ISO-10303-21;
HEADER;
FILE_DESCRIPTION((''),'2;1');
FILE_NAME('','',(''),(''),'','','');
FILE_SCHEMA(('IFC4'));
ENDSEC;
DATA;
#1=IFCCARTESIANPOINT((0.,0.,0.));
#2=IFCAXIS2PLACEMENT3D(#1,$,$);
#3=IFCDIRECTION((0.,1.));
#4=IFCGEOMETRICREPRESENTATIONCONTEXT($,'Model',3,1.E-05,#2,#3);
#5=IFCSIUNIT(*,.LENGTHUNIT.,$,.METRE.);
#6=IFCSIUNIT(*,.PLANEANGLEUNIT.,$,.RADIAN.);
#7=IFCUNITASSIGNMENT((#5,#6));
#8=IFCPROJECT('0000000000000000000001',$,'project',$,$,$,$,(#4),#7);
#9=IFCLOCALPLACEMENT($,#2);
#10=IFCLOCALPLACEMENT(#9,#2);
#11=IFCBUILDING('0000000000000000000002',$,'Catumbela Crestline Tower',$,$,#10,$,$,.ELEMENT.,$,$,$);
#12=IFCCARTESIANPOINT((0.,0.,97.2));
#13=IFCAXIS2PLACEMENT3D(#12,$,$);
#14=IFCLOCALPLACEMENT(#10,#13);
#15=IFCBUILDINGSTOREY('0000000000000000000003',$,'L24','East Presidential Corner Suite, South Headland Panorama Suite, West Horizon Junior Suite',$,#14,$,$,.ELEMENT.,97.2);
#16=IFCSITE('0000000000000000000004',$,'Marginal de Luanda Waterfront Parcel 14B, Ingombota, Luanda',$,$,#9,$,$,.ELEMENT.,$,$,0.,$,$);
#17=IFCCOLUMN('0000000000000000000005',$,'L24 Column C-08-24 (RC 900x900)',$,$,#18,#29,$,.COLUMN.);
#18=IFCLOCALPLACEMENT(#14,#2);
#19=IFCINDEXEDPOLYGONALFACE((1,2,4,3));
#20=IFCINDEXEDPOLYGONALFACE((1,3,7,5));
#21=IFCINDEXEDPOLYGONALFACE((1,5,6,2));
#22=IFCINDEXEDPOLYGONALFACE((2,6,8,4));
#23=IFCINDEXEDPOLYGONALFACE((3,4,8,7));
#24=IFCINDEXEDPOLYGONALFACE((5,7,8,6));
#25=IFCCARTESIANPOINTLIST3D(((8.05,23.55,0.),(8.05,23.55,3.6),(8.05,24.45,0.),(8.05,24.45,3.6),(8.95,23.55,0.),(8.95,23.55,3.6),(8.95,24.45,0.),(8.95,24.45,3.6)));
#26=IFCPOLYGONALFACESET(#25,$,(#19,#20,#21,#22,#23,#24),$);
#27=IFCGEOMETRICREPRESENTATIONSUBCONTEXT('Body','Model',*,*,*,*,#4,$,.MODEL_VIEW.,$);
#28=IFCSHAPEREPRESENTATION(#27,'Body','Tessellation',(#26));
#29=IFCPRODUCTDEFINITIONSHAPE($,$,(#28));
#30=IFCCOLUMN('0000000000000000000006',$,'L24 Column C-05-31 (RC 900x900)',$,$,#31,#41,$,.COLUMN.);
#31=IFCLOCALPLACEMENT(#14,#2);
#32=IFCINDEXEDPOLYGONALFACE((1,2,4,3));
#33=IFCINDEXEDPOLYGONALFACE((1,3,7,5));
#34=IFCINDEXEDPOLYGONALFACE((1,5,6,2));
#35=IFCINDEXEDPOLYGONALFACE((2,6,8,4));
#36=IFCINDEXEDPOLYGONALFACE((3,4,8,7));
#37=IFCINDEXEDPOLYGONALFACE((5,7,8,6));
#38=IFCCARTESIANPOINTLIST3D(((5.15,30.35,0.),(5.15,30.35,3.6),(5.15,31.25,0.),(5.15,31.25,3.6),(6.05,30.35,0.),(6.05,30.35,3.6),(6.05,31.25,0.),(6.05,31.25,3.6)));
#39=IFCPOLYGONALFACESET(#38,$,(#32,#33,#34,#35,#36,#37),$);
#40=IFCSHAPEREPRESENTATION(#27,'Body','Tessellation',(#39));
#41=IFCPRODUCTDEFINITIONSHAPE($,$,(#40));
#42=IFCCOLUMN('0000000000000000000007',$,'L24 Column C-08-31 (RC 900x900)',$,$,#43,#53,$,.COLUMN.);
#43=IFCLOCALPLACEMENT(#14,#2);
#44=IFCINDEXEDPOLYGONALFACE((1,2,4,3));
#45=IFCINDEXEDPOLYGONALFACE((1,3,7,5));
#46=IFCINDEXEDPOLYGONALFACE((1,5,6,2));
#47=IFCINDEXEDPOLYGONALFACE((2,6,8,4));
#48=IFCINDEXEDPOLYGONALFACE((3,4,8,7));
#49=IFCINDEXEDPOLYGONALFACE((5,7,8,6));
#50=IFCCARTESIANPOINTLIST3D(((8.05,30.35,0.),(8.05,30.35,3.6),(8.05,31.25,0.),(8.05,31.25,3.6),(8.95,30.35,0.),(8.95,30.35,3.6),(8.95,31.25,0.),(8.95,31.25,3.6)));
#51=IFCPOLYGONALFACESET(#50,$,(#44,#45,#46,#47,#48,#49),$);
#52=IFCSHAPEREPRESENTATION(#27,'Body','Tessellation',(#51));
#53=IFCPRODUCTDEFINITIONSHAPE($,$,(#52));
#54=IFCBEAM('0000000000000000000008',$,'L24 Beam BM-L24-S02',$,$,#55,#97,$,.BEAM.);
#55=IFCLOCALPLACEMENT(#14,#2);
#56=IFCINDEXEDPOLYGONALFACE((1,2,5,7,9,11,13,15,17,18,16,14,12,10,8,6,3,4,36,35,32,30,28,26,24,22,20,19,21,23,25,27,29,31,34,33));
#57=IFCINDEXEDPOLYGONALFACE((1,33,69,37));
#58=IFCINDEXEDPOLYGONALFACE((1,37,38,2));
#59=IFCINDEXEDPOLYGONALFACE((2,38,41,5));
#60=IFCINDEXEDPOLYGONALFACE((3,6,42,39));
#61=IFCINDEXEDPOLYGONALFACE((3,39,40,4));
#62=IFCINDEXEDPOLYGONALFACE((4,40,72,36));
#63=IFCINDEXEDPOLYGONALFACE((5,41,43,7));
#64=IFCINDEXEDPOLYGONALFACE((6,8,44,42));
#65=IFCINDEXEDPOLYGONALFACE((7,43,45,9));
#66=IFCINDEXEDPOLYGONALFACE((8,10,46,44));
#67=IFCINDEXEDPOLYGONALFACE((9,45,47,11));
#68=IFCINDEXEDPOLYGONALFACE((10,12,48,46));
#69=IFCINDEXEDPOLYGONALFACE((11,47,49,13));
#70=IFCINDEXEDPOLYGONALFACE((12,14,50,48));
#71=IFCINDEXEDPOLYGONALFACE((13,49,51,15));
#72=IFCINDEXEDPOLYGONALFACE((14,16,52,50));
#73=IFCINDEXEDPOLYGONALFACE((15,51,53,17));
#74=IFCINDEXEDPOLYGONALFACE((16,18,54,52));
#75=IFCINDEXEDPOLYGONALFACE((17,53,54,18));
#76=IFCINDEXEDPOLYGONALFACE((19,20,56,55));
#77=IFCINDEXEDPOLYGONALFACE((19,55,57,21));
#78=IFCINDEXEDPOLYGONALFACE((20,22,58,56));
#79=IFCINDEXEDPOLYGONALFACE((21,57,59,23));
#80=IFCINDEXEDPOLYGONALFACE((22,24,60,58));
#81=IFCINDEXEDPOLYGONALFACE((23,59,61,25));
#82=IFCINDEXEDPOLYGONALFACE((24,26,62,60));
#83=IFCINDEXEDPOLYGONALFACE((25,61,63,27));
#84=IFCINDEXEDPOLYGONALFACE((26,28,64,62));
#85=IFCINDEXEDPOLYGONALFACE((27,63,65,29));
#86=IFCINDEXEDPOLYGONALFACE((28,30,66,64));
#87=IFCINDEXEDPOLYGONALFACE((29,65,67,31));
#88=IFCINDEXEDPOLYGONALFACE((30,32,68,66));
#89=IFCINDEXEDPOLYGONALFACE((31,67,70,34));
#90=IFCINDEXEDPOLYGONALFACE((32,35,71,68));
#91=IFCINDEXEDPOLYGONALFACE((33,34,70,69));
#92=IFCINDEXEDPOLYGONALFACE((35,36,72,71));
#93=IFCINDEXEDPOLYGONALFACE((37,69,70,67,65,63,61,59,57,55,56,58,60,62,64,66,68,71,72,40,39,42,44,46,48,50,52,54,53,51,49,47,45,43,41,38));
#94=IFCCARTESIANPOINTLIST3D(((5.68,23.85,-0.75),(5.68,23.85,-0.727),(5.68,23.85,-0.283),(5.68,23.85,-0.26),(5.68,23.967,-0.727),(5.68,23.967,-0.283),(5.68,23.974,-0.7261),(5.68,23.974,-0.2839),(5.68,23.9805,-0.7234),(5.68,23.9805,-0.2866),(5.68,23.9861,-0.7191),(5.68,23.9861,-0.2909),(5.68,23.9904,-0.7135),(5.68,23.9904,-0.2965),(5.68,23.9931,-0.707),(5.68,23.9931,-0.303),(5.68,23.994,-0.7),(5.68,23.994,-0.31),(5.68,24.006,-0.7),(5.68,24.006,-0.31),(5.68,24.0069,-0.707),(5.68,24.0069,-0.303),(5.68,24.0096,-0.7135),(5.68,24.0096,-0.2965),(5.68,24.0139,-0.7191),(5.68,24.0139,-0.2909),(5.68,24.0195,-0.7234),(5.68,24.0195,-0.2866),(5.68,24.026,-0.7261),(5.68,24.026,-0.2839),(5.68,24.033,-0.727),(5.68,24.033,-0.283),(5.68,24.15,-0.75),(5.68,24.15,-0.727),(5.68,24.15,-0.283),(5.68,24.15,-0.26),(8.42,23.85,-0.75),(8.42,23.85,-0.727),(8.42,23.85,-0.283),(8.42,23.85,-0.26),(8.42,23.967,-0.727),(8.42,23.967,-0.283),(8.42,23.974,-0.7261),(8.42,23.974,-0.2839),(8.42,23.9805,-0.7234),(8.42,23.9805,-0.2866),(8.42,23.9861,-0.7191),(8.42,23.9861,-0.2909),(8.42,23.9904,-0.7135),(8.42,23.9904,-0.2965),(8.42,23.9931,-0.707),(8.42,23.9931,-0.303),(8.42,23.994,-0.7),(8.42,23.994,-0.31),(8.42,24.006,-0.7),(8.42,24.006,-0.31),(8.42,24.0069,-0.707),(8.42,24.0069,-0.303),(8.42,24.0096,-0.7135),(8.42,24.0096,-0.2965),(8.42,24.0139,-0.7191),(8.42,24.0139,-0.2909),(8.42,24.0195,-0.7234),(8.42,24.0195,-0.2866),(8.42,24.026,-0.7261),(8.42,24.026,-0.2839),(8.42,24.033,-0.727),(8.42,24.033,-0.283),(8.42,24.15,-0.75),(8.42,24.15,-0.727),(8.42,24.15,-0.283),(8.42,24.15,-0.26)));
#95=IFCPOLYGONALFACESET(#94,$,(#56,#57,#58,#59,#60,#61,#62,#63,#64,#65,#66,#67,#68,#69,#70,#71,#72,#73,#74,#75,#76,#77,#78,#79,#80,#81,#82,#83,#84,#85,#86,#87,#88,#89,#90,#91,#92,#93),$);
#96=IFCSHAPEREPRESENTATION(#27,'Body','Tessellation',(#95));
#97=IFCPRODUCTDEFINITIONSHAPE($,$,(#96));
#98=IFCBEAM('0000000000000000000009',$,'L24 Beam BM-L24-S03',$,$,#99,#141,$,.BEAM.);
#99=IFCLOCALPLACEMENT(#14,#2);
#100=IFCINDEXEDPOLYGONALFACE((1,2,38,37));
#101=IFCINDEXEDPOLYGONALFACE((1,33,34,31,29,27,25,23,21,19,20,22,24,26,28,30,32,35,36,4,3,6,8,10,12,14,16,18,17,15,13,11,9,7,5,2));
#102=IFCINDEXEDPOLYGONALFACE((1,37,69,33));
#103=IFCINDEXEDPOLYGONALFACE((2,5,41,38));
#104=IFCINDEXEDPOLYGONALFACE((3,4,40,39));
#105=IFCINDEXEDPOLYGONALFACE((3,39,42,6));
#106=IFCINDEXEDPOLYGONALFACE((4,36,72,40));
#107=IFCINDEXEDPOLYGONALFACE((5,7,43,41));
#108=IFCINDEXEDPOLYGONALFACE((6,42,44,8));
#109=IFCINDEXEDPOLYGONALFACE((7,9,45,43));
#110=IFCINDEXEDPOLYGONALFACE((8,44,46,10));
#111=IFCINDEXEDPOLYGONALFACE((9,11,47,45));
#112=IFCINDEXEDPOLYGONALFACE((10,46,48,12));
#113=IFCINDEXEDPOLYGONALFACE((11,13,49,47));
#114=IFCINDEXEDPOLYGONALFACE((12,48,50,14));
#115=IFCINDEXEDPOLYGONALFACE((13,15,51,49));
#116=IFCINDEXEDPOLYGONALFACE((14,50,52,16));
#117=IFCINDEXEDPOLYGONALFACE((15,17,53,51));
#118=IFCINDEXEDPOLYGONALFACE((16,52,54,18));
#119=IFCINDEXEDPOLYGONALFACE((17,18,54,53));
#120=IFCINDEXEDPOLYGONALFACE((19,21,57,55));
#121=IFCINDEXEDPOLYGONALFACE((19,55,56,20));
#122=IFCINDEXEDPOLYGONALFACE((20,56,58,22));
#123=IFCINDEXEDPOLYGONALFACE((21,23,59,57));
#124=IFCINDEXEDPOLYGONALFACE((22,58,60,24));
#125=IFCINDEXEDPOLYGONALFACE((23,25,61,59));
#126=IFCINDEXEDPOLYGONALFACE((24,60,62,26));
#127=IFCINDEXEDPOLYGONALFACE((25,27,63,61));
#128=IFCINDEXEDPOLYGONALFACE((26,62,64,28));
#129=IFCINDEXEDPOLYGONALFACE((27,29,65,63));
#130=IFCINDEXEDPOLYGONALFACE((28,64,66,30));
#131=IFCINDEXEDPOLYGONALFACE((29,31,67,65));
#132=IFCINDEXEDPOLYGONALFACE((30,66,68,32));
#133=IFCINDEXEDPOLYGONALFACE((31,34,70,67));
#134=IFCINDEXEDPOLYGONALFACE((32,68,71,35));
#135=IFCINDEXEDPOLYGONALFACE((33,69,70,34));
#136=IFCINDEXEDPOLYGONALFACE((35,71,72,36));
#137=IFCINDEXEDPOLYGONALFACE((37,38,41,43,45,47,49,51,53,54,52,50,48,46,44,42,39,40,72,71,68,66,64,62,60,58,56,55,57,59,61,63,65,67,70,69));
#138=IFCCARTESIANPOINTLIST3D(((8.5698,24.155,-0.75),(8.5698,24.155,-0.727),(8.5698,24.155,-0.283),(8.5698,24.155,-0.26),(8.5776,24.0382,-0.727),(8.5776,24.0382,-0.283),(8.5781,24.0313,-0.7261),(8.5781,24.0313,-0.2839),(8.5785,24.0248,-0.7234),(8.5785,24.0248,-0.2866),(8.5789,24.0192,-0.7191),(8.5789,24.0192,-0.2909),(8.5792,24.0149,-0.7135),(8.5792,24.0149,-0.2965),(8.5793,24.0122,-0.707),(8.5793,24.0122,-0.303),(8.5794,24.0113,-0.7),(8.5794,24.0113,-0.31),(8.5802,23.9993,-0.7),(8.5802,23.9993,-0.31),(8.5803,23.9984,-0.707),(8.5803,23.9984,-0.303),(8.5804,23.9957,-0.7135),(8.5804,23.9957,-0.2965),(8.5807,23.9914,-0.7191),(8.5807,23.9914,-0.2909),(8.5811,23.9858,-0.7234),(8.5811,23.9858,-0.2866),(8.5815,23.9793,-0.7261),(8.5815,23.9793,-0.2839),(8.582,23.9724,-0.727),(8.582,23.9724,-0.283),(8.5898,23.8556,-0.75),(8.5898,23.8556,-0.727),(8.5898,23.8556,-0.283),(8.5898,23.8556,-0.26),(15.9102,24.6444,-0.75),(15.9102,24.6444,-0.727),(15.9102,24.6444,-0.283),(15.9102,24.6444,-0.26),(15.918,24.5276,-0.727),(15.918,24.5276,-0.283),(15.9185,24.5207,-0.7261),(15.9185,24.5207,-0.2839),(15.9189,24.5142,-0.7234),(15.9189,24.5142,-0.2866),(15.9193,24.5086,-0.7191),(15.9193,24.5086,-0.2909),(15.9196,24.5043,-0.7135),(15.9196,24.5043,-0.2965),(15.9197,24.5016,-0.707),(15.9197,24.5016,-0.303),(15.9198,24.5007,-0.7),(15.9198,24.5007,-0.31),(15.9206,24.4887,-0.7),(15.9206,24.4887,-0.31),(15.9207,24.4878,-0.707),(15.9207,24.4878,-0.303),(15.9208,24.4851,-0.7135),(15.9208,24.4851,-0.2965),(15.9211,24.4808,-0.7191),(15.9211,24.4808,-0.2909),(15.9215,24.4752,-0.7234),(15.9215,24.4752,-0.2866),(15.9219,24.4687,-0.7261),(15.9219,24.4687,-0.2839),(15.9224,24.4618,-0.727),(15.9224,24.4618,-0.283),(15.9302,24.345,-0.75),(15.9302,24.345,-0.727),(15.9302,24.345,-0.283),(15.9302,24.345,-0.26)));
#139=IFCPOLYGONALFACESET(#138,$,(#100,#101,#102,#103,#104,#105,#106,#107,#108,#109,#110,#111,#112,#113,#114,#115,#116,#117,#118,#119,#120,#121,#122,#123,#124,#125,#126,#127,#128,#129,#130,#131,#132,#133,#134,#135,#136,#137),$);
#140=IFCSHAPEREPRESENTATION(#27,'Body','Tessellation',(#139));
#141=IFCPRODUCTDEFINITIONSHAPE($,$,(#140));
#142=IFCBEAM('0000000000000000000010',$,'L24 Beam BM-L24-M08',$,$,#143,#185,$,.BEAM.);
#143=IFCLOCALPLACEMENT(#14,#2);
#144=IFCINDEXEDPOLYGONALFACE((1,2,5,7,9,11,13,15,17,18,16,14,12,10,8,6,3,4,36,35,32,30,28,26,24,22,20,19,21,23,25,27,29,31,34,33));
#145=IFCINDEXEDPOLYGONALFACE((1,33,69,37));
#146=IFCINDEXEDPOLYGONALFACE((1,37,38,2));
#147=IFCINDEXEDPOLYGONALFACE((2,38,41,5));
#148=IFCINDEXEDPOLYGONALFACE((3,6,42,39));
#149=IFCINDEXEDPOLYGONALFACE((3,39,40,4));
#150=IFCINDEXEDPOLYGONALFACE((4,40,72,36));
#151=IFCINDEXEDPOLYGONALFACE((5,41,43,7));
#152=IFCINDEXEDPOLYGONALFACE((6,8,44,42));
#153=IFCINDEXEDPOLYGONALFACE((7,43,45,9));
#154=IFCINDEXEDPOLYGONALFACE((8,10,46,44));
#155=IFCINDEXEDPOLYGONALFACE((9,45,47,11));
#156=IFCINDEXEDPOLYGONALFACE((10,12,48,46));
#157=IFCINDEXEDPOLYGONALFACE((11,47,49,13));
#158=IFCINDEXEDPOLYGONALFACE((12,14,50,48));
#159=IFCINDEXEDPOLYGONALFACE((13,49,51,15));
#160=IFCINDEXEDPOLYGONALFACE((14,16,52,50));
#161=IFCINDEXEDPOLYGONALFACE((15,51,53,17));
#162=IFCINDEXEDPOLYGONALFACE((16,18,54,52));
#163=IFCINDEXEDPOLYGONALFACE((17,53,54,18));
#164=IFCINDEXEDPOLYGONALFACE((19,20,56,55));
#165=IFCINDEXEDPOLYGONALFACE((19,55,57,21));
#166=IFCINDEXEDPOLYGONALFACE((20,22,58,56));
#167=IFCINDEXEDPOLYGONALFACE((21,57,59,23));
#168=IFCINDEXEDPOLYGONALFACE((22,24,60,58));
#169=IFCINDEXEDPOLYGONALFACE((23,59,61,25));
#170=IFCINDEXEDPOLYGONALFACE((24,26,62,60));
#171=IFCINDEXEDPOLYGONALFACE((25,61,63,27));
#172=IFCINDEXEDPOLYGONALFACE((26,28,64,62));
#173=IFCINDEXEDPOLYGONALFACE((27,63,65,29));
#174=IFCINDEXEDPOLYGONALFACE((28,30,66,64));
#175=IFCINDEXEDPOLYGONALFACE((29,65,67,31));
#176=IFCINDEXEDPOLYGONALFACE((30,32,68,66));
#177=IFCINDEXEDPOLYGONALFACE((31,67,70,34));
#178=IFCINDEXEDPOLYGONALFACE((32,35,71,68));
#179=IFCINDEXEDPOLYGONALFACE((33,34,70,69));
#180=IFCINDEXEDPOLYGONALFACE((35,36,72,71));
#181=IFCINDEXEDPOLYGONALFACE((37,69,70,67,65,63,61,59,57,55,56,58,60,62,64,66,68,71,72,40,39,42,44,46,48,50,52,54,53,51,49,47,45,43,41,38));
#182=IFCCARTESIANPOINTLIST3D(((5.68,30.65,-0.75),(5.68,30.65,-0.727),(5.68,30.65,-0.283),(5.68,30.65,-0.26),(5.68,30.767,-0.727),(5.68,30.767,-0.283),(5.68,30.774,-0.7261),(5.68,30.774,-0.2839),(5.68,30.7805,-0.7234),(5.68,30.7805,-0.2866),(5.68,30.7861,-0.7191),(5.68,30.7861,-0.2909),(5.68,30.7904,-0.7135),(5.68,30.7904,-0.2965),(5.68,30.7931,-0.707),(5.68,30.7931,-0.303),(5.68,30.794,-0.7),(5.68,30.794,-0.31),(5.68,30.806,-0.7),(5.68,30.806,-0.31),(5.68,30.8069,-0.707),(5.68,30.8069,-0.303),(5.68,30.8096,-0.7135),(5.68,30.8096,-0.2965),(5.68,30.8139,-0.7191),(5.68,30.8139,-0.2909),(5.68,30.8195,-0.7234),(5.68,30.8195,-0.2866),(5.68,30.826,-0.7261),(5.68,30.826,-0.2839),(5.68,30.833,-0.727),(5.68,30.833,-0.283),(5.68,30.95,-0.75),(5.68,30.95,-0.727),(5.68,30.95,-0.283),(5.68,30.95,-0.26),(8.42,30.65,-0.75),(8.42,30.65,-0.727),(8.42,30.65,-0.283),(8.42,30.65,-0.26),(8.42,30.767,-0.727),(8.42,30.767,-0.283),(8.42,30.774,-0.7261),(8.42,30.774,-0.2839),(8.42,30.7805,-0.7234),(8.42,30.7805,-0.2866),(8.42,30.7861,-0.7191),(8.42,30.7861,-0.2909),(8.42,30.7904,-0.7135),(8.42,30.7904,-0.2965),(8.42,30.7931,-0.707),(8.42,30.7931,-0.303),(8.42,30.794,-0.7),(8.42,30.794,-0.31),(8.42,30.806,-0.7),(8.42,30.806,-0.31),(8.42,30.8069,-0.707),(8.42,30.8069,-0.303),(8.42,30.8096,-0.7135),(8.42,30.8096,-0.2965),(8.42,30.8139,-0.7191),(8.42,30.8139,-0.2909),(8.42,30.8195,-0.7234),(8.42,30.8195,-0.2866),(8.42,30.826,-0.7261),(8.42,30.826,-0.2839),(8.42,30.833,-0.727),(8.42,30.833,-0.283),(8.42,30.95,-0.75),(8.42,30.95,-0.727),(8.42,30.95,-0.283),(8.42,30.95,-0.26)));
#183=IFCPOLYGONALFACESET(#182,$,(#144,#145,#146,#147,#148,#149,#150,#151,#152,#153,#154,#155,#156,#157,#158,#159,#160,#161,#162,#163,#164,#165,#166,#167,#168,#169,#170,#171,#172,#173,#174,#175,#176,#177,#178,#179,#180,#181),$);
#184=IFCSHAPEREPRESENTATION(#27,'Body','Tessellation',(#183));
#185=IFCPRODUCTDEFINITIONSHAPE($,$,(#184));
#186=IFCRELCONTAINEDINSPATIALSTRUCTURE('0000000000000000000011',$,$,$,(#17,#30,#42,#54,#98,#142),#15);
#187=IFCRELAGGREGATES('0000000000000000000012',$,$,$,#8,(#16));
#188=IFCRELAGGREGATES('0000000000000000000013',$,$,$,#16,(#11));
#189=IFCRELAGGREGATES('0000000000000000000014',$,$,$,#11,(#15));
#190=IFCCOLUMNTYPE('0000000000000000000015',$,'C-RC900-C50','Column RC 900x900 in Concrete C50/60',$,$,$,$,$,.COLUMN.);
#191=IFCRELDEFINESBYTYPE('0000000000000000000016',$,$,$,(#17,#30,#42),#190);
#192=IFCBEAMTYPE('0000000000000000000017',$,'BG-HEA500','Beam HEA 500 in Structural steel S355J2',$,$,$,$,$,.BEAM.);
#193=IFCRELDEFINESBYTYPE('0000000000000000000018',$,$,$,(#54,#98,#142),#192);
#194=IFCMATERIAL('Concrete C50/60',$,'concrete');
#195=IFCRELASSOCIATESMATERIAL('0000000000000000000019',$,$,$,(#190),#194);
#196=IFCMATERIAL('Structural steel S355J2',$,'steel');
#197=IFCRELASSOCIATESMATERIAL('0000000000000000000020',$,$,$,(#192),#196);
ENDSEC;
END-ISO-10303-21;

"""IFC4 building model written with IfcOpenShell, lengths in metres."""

from ifc_helpers import new_model, si_unit, direction, frame, origin, origin_2d, place, context, subcontext, project, spatial, rectangle, i_section, extrude, material, material_profile, profile_set, type_object, element, save


model = new_model("IFC4")

# Units and contexts
model_context = context("Model", 3, precision=1e-05, world=origin(), true_north=direction((0.0, 1.0)))
body_context = subcontext(model_context, "Body", "Model", "MODEL_VIEW")
ifc_project = project(units=[si_unit("LENGTHUNIT", "METRE"), si_unit("PLANEANGLEUNIT", "RADIAN")], contexts=[model_context])

# Site, building, storey
site_placement = place(None, origin())
site = spatial("IfcSite", under=ifc_project, at=site_placement, Name="Marginal de Luanda Waterfront Parcel 14B, Ingombota, Luanda", CompositionType="ELEMENT", RefElevation=0.0)
building_placement = place(site_placement, origin())
building = spatial("IfcBuilding", under=site, at=building_placement, Name="Catumbela Crestline Tower", CompositionType="ELEMENT")
storey_placement = place(building_placement, frame((0.0, 0.0, 97.2)))
storey = spatial("IfcBuildingStorey", under=building, at=storey_placement, Name="L24", Description="East Presidential Corner Suite, South Headland Panorama Suite, West Horizon Junior Suite", CompositionType="ELEMENT", Elevation=97.2)

# Columns
ifc_material_1 = material(Name="Concrete C50/60", Category="concrete")
ifc_material_profile_1 = material_profile(ifc_material_1, rectangle(XDim=0.9, YDim=0.9, at=origin_2d()), Name="RC 900x900")
ifc_profile_set_1 = profile_set([ifc_material_profile_1], Name="Concrete C50/60")
column_type = type_object("IfcColumnType", Name="C-RC900-C50", Description="Column RC 900x900 in Concrete C50/60", PredefinedType="COLUMN", material=ifc_profile_set_1)
for number, where, z_axis, x_axis, name in (
    (1, (8.5, 24.0, 0.0), (0.0, 0.0, 1.0), (1.0, 0.0, 0.0), "L24 Column C-08-24 (RC 900x900)"),
    (2, (5.6, 30.8, 0.0), (0.0, 0.0, 1.0), (1.0, 0.0, 0.0), "L24 Column C-05-31 (RC 900x900)"),
    (3, (8.5, 30.8, 0.0), (0.0, 0.0, 1.0), (1.0, 0.0, 0.0), "L24 Column C-08-31 (RC 900x900)"),
):
    element("IfcColumn", number, at=place(storey_placement, frame(where, z_axis=z_axis, x_axis=x_axis)), inside=storey, type_object=column_type, Name=name, PredefinedType="COLUMN", context=body_context, shape_type="SweptSolid", body=[
        extrude(rectangle(XDim=0.9, YDim=0.9, at=origin_2d()), origin(), (0.0, 0.0, 1.0), 3.6),
    ])

# Beams
ifc_material_2 = material(Name="Structural steel S355J2", Category="steel")
ifc_material_profile_2 = material_profile(ifc_material_2, i_section(OverallWidth=0.3, OverallDepth=0.49, WebThickness=0.012, FlangeThickness=0.023, FilletRadius=0.027, at=origin_2d()), Name="HEA 500")
ifc_profile_set_2 = profile_set([ifc_material_profile_2], Name="Structural steel S355J2")
beam_type = type_object("IfcBeamType", Name="BG-HEA500", Description="Beam HEA 500 in Structural steel S355J2", PredefinedType="BEAM", material=ifc_profile_set_2)
beam_1_placement = place(storey_placement, frame((5.68, 24.0, -0.505), z_axis=(1.0, 0.0, 0.0), x_axis=(0.0, 1.0, 0.0)))
element("IfcBeam", 4, at=beam_1_placement, inside=storey, type_object=beam_type, Name="L24 Beam BM-L24-S02", PredefinedType="BEAM", context=body_context, shape_type="SweptSolid", body=[
    extrude(i_section(OverallWidth=0.3, OverallDepth=0.49, WebThickness=0.012, FlangeThickness=0.023, FilletRadius=0.027, at=origin_2d()), origin(), (0.0, 0.0, 1.0), 2.74),
])
beam_2_placement = place(storey_placement, frame((8.5798, 24.0053, -0.505), z_axis=(0.997785, 0.066524, 0.0), x_axis=(-0.066524, 0.997785, 0.0)))
element("IfcBeam", 5, at=beam_2_placement, inside=storey, type_object=beam_type, Name="L24 Beam BM-L24-S03", PredefinedType="BEAM", context=body_context, shape_type="SweptSolid", body=[
    extrude(i_section(OverallWidth=0.3, OverallDepth=0.49, WebThickness=0.012, FlangeThickness=0.023, FilletRadius=0.027, at=origin_2d()), origin(), (0.0, 0.0, 1.0), 7.3567),
])
beam_3_placement = place(storey_placement, frame((5.68, 30.8, -0.505), z_axis=(1.0, 0.0, 0.0), x_axis=(0.0, 1.0, 0.0)))
element("IfcBeam", 6, at=beam_3_placement, inside=storey, type_object=beam_type, Name="L24 Beam BM-L24-M08", PredefinedType="BEAM", context=body_context, shape_type="SweptSolid", body=[
    extrude(i_section(OverallWidth=0.3, OverallDepth=0.49, WebThickness=0.012, FlangeThickness=0.023, FilletRadius=0.027, at=origin_2d()), origin(), (0.0, 0.0, 1.0), 2.74),
])

save(model, "model.ifc")
